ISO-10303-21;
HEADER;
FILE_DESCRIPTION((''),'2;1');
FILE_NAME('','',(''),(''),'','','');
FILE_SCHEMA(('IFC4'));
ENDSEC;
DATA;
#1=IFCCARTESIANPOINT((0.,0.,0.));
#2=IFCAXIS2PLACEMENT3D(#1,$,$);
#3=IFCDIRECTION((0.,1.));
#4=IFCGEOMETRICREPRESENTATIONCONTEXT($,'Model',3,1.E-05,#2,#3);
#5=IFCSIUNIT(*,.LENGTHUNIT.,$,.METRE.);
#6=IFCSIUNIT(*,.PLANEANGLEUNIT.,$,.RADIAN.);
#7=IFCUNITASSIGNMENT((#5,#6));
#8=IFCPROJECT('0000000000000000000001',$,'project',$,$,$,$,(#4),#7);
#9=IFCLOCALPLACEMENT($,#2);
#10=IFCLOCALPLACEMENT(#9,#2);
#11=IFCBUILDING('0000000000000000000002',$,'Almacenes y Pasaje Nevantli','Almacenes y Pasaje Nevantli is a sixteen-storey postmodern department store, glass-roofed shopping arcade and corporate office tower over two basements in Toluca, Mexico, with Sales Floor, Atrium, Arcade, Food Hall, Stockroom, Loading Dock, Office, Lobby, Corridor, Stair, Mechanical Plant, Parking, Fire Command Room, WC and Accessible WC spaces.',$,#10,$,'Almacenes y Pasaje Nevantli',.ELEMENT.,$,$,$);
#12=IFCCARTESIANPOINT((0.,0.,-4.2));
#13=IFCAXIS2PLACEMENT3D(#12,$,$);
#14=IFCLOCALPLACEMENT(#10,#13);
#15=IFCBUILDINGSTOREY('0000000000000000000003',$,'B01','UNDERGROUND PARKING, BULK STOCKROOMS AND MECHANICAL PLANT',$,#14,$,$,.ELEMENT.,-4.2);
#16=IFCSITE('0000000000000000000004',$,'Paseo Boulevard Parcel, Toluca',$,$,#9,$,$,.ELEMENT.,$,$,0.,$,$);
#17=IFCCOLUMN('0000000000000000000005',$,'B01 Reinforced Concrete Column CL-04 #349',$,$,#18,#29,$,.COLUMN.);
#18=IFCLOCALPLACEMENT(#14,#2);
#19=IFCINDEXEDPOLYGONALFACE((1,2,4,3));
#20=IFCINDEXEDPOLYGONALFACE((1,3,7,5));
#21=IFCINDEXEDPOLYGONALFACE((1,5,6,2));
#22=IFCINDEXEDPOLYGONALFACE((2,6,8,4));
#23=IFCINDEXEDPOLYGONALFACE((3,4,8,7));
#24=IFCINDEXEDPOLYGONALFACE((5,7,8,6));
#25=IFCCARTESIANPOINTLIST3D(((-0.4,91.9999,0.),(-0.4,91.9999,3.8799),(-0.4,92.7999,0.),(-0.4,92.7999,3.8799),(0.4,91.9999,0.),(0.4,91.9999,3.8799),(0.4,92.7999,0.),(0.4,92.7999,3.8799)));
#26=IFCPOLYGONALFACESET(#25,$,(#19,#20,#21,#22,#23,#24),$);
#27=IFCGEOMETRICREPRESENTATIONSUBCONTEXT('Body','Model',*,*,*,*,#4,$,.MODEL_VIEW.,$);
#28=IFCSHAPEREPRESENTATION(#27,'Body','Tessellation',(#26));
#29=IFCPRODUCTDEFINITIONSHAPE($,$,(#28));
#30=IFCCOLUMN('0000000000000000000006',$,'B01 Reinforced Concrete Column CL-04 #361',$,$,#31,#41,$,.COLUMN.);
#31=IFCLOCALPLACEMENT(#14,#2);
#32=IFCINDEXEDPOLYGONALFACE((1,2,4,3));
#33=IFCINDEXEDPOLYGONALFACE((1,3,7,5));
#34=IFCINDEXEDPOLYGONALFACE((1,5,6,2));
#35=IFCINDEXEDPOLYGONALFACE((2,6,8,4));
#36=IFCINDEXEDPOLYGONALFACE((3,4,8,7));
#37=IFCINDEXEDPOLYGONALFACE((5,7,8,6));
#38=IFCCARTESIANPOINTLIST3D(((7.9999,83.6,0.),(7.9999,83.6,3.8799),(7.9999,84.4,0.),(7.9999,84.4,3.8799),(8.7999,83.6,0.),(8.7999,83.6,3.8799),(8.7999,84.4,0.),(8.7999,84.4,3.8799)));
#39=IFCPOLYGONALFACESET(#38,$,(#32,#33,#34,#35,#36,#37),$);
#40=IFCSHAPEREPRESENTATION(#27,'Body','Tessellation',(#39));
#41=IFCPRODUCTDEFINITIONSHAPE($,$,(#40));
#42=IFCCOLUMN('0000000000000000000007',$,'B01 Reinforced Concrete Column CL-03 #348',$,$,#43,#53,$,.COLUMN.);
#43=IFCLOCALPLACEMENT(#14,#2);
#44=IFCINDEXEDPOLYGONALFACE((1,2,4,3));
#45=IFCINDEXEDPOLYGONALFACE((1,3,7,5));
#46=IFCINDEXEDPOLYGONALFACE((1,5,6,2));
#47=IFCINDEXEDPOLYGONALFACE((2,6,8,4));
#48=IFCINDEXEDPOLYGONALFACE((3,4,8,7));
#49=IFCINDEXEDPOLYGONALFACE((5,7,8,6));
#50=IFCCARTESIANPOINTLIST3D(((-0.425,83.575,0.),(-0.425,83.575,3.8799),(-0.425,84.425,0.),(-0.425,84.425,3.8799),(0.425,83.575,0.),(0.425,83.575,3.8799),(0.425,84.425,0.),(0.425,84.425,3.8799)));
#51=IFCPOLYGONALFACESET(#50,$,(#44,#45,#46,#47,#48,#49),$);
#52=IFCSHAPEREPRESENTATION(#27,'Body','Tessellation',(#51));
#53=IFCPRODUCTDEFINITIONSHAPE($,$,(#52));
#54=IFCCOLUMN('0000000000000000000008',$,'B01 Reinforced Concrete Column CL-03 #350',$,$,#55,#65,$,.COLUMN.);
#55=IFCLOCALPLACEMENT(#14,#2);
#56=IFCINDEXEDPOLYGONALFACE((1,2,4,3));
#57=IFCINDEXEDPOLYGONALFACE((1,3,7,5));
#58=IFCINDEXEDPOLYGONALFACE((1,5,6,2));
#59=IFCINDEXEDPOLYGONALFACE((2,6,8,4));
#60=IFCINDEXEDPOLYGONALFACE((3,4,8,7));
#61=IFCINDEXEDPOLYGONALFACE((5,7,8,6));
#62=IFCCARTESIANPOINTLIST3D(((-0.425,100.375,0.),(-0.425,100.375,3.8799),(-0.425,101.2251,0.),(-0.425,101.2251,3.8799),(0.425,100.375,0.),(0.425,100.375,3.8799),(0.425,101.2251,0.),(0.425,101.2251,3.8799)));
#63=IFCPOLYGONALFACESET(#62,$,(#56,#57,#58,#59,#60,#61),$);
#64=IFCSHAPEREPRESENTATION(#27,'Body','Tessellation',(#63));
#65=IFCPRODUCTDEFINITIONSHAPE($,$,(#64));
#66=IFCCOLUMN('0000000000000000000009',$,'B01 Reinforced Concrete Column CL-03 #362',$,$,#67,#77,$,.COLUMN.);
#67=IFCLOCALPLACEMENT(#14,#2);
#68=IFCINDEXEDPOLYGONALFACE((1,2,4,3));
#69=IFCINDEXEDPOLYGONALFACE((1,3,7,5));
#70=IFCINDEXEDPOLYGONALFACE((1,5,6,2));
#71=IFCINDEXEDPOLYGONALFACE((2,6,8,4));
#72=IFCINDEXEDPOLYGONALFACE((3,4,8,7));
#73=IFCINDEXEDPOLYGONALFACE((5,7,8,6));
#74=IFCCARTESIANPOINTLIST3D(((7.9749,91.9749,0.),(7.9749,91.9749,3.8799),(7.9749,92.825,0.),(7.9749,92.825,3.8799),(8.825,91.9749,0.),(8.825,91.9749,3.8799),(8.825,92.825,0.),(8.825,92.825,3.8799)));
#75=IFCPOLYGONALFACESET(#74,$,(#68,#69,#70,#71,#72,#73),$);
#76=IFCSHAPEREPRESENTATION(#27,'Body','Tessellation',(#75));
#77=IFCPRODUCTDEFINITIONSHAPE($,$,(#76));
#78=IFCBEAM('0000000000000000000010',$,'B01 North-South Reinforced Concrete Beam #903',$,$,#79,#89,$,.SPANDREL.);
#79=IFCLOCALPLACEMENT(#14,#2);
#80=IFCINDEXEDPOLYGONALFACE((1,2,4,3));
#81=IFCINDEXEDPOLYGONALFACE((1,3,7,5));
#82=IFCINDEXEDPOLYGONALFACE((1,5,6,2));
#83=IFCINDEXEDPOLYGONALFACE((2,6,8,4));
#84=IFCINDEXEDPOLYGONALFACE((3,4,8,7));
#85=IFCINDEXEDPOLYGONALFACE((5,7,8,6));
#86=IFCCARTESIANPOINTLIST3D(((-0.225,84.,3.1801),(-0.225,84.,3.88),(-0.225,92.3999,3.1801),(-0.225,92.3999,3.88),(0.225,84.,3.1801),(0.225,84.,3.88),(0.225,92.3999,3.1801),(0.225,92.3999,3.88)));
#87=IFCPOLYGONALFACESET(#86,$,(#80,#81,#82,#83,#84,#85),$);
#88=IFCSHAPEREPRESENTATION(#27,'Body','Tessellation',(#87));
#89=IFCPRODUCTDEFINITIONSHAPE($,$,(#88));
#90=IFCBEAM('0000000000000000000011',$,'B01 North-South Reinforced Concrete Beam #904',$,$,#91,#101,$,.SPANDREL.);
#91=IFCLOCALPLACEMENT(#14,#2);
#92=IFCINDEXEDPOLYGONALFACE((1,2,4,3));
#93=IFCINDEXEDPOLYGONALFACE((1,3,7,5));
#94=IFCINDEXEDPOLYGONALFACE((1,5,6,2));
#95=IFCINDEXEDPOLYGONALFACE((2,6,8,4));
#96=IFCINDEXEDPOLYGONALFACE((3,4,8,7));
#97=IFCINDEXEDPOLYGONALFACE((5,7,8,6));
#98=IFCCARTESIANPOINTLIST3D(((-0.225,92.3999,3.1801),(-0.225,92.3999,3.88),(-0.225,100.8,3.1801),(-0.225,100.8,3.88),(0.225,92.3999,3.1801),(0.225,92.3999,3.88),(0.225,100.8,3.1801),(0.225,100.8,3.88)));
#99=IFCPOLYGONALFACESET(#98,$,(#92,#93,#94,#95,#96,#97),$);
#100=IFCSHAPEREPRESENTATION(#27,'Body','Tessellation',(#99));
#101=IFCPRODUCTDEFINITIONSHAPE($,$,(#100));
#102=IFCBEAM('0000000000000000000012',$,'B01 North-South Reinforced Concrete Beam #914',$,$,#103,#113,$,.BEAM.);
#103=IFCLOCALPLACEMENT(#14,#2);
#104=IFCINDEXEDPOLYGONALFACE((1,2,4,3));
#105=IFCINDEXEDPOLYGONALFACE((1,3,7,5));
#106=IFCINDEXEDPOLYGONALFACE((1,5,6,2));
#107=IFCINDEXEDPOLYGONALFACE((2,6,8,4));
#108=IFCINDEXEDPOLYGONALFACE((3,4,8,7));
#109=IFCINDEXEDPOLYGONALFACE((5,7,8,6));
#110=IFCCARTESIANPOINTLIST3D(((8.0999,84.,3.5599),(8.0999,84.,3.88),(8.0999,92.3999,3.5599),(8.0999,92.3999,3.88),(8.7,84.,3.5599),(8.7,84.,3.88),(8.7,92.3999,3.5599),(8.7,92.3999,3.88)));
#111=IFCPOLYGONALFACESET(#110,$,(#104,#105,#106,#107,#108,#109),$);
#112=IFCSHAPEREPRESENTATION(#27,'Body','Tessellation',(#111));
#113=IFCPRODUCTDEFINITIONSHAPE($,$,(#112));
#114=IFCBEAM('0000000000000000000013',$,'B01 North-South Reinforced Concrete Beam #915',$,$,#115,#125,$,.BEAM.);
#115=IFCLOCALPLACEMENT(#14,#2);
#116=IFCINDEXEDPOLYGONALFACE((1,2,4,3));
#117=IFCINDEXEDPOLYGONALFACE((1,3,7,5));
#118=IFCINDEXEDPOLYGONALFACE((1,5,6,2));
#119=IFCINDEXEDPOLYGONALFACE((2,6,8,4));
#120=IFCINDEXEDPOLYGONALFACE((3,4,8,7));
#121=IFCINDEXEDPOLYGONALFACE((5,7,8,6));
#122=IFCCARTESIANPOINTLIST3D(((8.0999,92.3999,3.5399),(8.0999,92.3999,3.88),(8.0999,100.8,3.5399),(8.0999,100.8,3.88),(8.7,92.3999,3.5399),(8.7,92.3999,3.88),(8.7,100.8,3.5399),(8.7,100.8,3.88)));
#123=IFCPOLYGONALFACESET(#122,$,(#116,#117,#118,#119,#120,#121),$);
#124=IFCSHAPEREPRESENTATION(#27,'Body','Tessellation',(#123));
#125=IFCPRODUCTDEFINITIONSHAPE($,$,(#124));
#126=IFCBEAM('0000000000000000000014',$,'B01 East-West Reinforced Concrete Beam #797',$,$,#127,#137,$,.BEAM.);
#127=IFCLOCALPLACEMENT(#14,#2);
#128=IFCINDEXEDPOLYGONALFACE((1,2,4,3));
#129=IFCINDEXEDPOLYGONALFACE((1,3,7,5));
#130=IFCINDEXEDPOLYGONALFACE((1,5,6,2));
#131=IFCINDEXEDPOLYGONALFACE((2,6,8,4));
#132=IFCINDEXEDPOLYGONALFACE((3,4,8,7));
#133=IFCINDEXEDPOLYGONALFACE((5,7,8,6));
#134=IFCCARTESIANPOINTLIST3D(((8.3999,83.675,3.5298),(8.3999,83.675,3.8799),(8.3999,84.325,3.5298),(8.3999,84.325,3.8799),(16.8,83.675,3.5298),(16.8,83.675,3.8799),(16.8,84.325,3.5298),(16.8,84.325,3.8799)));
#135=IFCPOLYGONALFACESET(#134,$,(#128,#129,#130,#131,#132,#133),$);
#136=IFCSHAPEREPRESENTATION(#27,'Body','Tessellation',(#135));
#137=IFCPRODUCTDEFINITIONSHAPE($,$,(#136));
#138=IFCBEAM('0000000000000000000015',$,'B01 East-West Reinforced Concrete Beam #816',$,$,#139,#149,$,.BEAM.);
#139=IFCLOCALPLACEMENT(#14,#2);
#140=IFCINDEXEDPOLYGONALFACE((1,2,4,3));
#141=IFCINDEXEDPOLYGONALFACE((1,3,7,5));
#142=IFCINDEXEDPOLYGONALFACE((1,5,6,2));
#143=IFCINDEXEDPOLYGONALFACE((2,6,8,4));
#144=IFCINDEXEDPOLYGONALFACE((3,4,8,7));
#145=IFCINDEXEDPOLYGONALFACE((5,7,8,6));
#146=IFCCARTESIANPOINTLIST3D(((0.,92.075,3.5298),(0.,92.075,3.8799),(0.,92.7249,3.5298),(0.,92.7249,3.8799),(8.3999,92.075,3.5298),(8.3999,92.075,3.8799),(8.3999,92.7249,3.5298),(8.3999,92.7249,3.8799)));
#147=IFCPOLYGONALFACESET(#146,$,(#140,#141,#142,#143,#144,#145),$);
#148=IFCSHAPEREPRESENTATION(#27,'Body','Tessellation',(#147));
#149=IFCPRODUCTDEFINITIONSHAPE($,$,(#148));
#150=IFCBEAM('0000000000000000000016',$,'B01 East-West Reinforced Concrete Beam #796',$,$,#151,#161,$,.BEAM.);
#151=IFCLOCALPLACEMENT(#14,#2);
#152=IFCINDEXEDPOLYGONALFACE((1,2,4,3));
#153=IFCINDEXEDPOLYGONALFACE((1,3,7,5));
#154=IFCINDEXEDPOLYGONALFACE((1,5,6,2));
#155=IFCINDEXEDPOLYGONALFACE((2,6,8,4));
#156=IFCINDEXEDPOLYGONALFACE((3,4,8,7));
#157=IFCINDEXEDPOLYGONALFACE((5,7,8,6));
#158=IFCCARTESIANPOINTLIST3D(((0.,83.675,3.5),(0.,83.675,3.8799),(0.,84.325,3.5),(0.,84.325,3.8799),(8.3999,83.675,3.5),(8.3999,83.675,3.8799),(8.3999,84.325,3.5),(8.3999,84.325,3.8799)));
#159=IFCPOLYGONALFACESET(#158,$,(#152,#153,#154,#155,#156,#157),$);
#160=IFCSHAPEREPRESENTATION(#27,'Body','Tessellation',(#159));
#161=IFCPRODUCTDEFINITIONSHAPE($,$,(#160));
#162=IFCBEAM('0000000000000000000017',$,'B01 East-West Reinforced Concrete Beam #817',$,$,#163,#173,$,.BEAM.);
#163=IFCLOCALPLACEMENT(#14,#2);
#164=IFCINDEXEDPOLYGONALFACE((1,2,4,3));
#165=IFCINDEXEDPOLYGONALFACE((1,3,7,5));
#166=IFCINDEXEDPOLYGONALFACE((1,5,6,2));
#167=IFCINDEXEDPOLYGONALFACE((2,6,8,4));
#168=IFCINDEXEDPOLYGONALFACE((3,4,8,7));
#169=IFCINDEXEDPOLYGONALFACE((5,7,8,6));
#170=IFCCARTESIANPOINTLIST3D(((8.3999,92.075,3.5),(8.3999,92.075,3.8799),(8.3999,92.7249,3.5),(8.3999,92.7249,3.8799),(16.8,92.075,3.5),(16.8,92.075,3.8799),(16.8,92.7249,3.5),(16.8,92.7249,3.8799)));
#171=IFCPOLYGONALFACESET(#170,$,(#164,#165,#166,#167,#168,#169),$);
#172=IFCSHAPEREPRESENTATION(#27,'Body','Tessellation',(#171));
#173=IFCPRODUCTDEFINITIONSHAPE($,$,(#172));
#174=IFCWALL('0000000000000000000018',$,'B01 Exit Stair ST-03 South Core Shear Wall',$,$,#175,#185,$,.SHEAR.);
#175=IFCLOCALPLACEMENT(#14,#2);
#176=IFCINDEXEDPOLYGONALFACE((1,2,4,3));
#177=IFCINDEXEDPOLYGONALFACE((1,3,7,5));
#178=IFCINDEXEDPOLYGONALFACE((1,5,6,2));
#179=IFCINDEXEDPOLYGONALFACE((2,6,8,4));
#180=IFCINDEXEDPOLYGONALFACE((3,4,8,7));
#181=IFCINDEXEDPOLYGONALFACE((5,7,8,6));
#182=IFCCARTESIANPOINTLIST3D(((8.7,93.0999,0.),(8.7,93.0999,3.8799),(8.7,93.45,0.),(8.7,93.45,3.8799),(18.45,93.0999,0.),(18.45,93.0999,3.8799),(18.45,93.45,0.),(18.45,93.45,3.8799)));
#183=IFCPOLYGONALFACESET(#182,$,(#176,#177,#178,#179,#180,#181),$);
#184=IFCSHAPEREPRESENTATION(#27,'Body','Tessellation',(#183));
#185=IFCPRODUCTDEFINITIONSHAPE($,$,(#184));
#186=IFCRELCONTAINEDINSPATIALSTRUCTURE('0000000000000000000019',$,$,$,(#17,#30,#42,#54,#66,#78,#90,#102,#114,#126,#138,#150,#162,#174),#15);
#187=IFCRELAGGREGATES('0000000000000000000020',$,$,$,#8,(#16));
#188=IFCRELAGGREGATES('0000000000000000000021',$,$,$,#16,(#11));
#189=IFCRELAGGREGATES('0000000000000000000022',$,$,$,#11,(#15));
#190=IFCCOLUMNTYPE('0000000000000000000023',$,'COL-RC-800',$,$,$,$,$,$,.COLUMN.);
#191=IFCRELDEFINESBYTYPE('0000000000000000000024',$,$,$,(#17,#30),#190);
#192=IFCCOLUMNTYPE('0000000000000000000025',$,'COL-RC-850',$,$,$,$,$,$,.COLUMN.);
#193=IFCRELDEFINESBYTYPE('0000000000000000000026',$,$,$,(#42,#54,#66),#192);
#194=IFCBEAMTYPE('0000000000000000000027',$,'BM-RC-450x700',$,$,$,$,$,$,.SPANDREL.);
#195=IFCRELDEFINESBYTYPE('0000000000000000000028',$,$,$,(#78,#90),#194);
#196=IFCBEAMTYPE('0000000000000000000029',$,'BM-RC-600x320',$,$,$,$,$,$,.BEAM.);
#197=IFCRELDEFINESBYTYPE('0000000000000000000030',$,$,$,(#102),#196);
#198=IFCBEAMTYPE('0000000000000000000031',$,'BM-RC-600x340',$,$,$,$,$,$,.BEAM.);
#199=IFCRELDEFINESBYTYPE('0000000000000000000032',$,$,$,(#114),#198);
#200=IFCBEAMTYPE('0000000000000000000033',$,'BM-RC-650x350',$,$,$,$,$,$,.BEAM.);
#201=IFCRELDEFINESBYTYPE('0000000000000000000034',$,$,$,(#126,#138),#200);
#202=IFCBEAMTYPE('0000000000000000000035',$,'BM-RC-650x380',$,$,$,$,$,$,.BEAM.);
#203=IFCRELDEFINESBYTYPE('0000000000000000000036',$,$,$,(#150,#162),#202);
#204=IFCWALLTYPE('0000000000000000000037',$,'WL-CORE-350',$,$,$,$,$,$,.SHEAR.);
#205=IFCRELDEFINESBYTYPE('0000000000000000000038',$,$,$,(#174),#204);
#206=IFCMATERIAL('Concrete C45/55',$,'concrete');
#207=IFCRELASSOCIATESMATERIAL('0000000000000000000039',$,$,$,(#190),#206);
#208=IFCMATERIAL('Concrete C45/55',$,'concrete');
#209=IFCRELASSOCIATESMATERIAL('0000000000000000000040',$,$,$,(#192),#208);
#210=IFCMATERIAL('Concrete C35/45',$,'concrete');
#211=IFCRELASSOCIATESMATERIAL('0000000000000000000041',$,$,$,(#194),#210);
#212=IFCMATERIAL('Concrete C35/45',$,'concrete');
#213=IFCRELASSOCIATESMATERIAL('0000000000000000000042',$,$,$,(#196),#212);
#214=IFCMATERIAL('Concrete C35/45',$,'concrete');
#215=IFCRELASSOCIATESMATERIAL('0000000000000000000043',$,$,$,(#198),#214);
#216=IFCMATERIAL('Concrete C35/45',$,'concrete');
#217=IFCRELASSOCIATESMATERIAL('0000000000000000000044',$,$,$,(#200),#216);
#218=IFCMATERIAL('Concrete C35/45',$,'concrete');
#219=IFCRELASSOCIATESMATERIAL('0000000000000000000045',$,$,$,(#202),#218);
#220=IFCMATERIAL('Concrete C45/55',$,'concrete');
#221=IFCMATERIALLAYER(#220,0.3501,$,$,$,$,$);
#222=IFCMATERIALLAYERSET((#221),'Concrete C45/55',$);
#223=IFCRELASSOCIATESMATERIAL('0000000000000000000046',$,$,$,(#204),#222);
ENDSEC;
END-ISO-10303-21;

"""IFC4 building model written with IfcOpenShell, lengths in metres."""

from ifc_helpers import new_model, si_unit, direction, frame, frame_2d, origin, origin_2d, place, context, subcontext, project, spatial, rectangle, extrude, material, layer, layer_set, material_profile, profile_set, type_object, element, save


model = new_model("IFC4")

# Units and contexts
model_context = context("Model", 3, precision=1e-05, world=origin(), true_north=direction((0.0, 1.0)))
body_context = subcontext(model_context, "Body", "Model", "MODEL_VIEW")
ifc_project = project(units=[si_unit("LENGTHUNIT", "METRE"), si_unit("PLANEANGLEUNIT", "RADIAN")], contexts=[model_context])

# Site, building, storey
site_placement = place(None, origin())
site = spatial("IfcSite", under=ifc_project, at=site_placement, Name="Paseo Boulevard Parcel, Toluca", CompositionType="ELEMENT", RefElevation=0.0)
building_placement = place(site_placement, origin())
building = spatial("IfcBuilding", under=site, at=building_placement, Name="Almacenes y Pasaje Nevantli", Description="Almacenes y Pasaje Nevantli is a sixteen-storey postmodern department store, glass-roofed shopping arcade and corporate office tower over two basements in Toluca, Mexico, with Sales Floor, Atrium, Arcade, Food Hall, Stockroom, Loading Dock, Office, Lobby, Corridor, Stair, Mechanical Plant, Parking, Fire Command Room, WC and Accessible WC spaces.", LongName="Almacenes y Pasaje Nevantli", CompositionType="ELEMENT")
storey_placement = place(building_placement, frame((0.0, 0.0, -4.2)))
storey = spatial("IfcBuildingStorey", under=building, at=storey_placement, Name="B01", Description="UNDERGROUND PARKING, BULK STOCKROOMS AND MECHANICAL PLANT", CompositionType="ELEMENT", Elevation=-4.2)

# Columns
ifc_material_1 = material(Name="Concrete C45/55", Category="concrete")
ifc_material_profile_1 = material_profile(ifc_material_1, rectangle(XDim=0.8, YDim=0.8, at=origin_2d()), Name="RC-COL-800x800")
ifc_profile_set_1 = profile_set([ifc_material_profile_1], Name="Concrete C45/55")
column_type_1 = type_object("IfcColumnType", Name="COL-RC-800", PredefinedType="COLUMN", material=ifc_profile_set_1)
for number, where, z_axis, x_axis, name in (
    (1, (0.0, 92.3999, 0.0), (0.0, 0.0, 1.0), (1.0, 0.0, 0.0), "B01 Reinforced Concrete Column CL-04 #349"),
    (2, (8.3999, 84.0, 0.0), (0.0, 0.0, 1.0), (1.0, 0.0, 0.0), "B01 Reinforced Concrete Column CL-04 #361"),
):
    element("IfcColumn", number, at=place(storey_placement, frame(where, z_axis=z_axis, x_axis=x_axis)), inside=storey, type_object=column_type_1, Name=name, PredefinedType="COLUMN", context=body_context, shape_type="SweptSolid", body=[
        extrude(rectangle(XDim=0.8, YDim=0.8, at=origin_2d()), origin(), (0.0, 0.0, 1.0), 3.8799),
    ])
ifc_material_2 = material(Name="Concrete C45/55", Category="concrete")
ifc_material_profile_2 = material_profile(ifc_material_2, rectangle(XDim=0.8501, YDim=0.8501, at=origin_2d()), Name="RC-COL-850x850")
ifc_profile_set_2 = profile_set([ifc_material_profile_2], Name="Concrete C45/55")
column_type_2 = type_object("IfcColumnType", Name="COL-RC-850", PredefinedType="COLUMN", material=ifc_profile_set_2)
for number, where, z_axis, x_axis, name in (
    (3, (0.0, 84.0, 0.0), (0.0, 0.0, 1.0), (1.0, 0.0, 0.0), "B01 Reinforced Concrete Column CL-03 #348"),
    (4, (0.0, 100.8, 0.0), (0.0, 0.0, 1.0), (1.0, 0.0, 0.0), "B01 Reinforced Concrete Column CL-03 #350"),
    (5, (8.3999, 92.3999, 0.0), (0.0, 0.0, 1.0), (1.0, 0.0, 0.0), "B01 Reinforced Concrete Column CL-03 #362"),
):
    element("IfcColumn", number, at=place(storey_placement, frame(where, z_axis=z_axis, x_axis=x_axis)), inside=storey, type_object=column_type_2, Name=name, PredefinedType="COLUMN", context=body_context, shape_type="SweptSolid", body=[
        extrude(rectangle(XDim=0.8501, YDim=0.8501, at=origin_2d()), origin(), (0.0, 0.0, 1.0), 3.8799),
    ])

# Beams
ifc_material_3 = material(Name="Concrete C35/45", Category="concrete")
ifc_material_profile_3 = material_profile(ifc_material_3, rectangle(XDim=0.45, YDim=0.7, at=origin_2d()), Name="RC-BM-450x700")
ifc_profile_set_3 = profile_set([ifc_material_profile_3], Name="Concrete C35/45")
beam_type_1 = type_object("IfcBeamType", Name="BM-RC-450x700", PredefinedType="SPANDREL", material=ifc_profile_set_3)
beam_1_placement = place(storey_placement, frame((0.0, 84.0, 3.53), z_axis=(0.0, 1.0, 0.0), x_axis=(-1.0, 0.0, 0.0)))
element("IfcBeam", 6, at=beam_1_placement, inside=storey, type_object=beam_type_1, Name="B01 North-South Reinforced Concrete Beam #903", PredefinedType="SPANDREL", context=body_context, shape_type="SweptSolid", body=[
    extrude(rectangle(XDim=0.45, YDim=0.7, at=origin_2d()), origin(), (0.0, 0.0, 1.0), 8.3999),
])
beam_2_placement = place(storey_placement, frame((0.0, 92.3999, 3.53), z_axis=(0.0, 1.0, 0.0), x_axis=(-1.0, 0.0, 0.0)))
element("IfcBeam", 7, at=beam_2_placement, inside=storey, type_object=beam_type_1, Name="B01 North-South Reinforced Concrete Beam #904", PredefinedType="SPANDREL", context=body_context, shape_type="SweptSolid", body=[
    extrude(rectangle(XDim=0.45, YDim=0.7, at=origin_2d()), origin(), (0.0, 0.0, 1.0), 8.4001),
])
ifc_material_4 = material(Name="Concrete C35/45", Category="concrete")
ifc_material_profile_4 = material_profile(ifc_material_4, rectangle(XDim=0.6001, YDim=0.3201, at=origin_2d()), Name="RC-BM-600x320")
ifc_profile_set_4 = profile_set([ifc_material_profile_4], Name="Concrete C35/45")
beam_type_2 = type_object("IfcBeamType", Name="BM-RC-600x320", PredefinedType="BEAM", material=ifc_profile_set_4)
beam_3_placement = place(storey_placement, frame((8.3999, 84.0, 3.72), z_axis=(0.0, 1.0, 0.0), x_axis=(-1.0, 0.0, 0.0)))
element("IfcBeam", 8, at=beam_3_placement, inside=storey, type_object=beam_type_2, Name="B01 North-South Reinforced Concrete Beam #914", PredefinedType="BEAM", context=body_context, shape_type="SweptSolid", body=[
    extrude(rectangle(XDim=0.6001, YDim=0.3201, at=origin_2d()), origin(), (0.0, 0.0, 1.0), 8.3999),
])
ifc_material_5 = material(Name="Concrete C35/45", Category="concrete")
ifc_material_profile_5 = material_profile(ifc_material_5, rectangle(XDim=0.6001, YDim=0.3401, at=origin_2d()), Name="RC-BM-600x340")
ifc_profile_set_5 = profile_set([ifc_material_profile_5], Name="Concrete C35/45")
beam_type_3 = type_object("IfcBeamType", Name="BM-RC-600x340", PredefinedType="BEAM", material=ifc_profile_set_5)
beam_4_placement = place(storey_placement, frame((8.3999, 92.3999, 3.71), z_axis=(0.0, 1.0, 0.0), x_axis=(-1.0, 0.0, 0.0)))
element("IfcBeam", 9, at=beam_4_placement, inside=storey, type_object=beam_type_3, Name="B01 North-South Reinforced Concrete Beam #915", PredefinedType="BEAM", context=body_context, shape_type="SweptSolid", body=[
    extrude(rectangle(XDim=0.6001, YDim=0.3401, at=origin_2d()), origin(), (0.0, 0.0, 1.0), 8.4001),
])
ifc_material_6 = material(Name="Concrete C35/45", Category="concrete")
ifc_material_profile_6 = material_profile(ifc_material_6, rectangle(XDim=0.6499, YDim=0.3501, at=origin_2d()), Name="RC-BM-650x350")
ifc_profile_set_6 = profile_set([ifc_material_profile_6], Name="Concrete C35/45")
beam_type_4 = type_object("IfcBeamType", Name="BM-RC-650x350", PredefinedType="BEAM", material=ifc_profile_set_6)
beam_5_placement = place(storey_placement, frame((8.3999, 84.0, 3.7048), z_axis=(1.0, 0.0, 0.0), x_axis=(0.0, 1.0, 0.0)))
element("IfcBeam", 10, at=beam_5_placement, inside=storey, type_object=beam_type_4, Name="B01 East-West Reinforced Concrete Beam #797", PredefinedType="BEAM", context=body_context, shape_type="SweptSolid", body=[
    extrude(rectangle(XDim=0.6499, YDim=0.3501, at=origin_2d()), origin(), (0.0, 0.0, 1.0), 8.4001),
])
beam_6_placement = place(storey_placement, frame((0.0, 92.3999, 3.7048), z_axis=(1.0, 0.0, 0.0), x_axis=(0.0, 1.0, 0.0)))
element("IfcBeam", 11, at=beam_6_placement, inside=storey, type_object=beam_type_4, Name="B01 East-West Reinforced Concrete Beam #816", PredefinedType="BEAM", context=body_context, shape_type="SweptSolid", body=[
    extrude(rectangle(XDim=0.6499, YDim=0.3501, at=origin_2d()), origin(), (0.0, 0.0, 1.0), 8.3999),
])
ifc_material_7 = material(Name="Concrete C35/45", Category="concrete")
ifc_material_profile_7 = material_profile(ifc_material_7, rectangle(XDim=0.6499, YDim=0.3799, at=origin_2d()), Name="RC-BM-650x380")
ifc_profile_set_7 = profile_set([ifc_material_profile_7], Name="Concrete C35/45")
beam_type_5 = type_object("IfcBeamType", Name="BM-RC-650x380", PredefinedType="BEAM", material=ifc_profile_set_7)
beam_7_placement = place(storey_placement, frame((0.0, 84.0, 3.6899), z_axis=(1.0, 0.0, 0.0), x_axis=(0.0, 1.0, 0.0)))
element("IfcBeam", 12, at=beam_7_placement, inside=storey, type_object=beam_type_5, Name="B01 East-West Reinforced Concrete Beam #796", PredefinedType="BEAM", context=body_context, shape_type="SweptSolid", body=[
    extrude(rectangle(XDim=0.6499, YDim=0.3799, at=origin_2d()), origin(), (0.0, 0.0, 1.0), 8.3999),
])
beam_8_placement = place(storey_placement, frame((8.3999, 92.3999, 3.6899), z_axis=(1.0, 0.0, 0.0), x_axis=(0.0, 1.0, 0.0)))
element("IfcBeam", 13, at=beam_8_placement, inside=storey, type_object=beam_type_5, Name="B01 East-West Reinforced Concrete Beam #817", PredefinedType="BEAM", context=body_context, shape_type="SweptSolid", body=[
    extrude(rectangle(XDim=0.6499, YDim=0.3799, at=origin_2d()), origin(), (0.0, 0.0, 1.0), 8.4001),
])

# Wall
ifc_material_8 = material(Name="Concrete C45/55", Category="concrete")
ifc_layer_1 = layer(ifc_material_8, 0.3501)
ifc_layer_set_1 = layer_set([ifc_layer_1], Name="Concrete C45/55")
wall_type_1 = type_object("IfcWallType", Name="WL-CORE-350", PredefinedType="SHEAR", material=ifc_layer_set_1)
wall_1_placement = place(storey_placement, frame((8.7, 93.2749, 0.0), z_axis=(0.0, 0.0, 1.0), x_axis=(1.0, 0.0, 0.0)))
element("IfcWall", 14, at=wall_1_placement, inside=storey, type_object=wall_type_1, Name="B01 Exit Stair ST-03 South Core Shear Wall", PredefinedType="SHEAR", context=body_context, shape_type="SweptSolid", body=[
    extrude(rectangle(XDim=9.75, YDim=0.3501, at=frame_2d((4.875, 0.0))), origin(), (0.0, 0.0, 1.0), 3.8799),
])

save(model, "model.ifc")
